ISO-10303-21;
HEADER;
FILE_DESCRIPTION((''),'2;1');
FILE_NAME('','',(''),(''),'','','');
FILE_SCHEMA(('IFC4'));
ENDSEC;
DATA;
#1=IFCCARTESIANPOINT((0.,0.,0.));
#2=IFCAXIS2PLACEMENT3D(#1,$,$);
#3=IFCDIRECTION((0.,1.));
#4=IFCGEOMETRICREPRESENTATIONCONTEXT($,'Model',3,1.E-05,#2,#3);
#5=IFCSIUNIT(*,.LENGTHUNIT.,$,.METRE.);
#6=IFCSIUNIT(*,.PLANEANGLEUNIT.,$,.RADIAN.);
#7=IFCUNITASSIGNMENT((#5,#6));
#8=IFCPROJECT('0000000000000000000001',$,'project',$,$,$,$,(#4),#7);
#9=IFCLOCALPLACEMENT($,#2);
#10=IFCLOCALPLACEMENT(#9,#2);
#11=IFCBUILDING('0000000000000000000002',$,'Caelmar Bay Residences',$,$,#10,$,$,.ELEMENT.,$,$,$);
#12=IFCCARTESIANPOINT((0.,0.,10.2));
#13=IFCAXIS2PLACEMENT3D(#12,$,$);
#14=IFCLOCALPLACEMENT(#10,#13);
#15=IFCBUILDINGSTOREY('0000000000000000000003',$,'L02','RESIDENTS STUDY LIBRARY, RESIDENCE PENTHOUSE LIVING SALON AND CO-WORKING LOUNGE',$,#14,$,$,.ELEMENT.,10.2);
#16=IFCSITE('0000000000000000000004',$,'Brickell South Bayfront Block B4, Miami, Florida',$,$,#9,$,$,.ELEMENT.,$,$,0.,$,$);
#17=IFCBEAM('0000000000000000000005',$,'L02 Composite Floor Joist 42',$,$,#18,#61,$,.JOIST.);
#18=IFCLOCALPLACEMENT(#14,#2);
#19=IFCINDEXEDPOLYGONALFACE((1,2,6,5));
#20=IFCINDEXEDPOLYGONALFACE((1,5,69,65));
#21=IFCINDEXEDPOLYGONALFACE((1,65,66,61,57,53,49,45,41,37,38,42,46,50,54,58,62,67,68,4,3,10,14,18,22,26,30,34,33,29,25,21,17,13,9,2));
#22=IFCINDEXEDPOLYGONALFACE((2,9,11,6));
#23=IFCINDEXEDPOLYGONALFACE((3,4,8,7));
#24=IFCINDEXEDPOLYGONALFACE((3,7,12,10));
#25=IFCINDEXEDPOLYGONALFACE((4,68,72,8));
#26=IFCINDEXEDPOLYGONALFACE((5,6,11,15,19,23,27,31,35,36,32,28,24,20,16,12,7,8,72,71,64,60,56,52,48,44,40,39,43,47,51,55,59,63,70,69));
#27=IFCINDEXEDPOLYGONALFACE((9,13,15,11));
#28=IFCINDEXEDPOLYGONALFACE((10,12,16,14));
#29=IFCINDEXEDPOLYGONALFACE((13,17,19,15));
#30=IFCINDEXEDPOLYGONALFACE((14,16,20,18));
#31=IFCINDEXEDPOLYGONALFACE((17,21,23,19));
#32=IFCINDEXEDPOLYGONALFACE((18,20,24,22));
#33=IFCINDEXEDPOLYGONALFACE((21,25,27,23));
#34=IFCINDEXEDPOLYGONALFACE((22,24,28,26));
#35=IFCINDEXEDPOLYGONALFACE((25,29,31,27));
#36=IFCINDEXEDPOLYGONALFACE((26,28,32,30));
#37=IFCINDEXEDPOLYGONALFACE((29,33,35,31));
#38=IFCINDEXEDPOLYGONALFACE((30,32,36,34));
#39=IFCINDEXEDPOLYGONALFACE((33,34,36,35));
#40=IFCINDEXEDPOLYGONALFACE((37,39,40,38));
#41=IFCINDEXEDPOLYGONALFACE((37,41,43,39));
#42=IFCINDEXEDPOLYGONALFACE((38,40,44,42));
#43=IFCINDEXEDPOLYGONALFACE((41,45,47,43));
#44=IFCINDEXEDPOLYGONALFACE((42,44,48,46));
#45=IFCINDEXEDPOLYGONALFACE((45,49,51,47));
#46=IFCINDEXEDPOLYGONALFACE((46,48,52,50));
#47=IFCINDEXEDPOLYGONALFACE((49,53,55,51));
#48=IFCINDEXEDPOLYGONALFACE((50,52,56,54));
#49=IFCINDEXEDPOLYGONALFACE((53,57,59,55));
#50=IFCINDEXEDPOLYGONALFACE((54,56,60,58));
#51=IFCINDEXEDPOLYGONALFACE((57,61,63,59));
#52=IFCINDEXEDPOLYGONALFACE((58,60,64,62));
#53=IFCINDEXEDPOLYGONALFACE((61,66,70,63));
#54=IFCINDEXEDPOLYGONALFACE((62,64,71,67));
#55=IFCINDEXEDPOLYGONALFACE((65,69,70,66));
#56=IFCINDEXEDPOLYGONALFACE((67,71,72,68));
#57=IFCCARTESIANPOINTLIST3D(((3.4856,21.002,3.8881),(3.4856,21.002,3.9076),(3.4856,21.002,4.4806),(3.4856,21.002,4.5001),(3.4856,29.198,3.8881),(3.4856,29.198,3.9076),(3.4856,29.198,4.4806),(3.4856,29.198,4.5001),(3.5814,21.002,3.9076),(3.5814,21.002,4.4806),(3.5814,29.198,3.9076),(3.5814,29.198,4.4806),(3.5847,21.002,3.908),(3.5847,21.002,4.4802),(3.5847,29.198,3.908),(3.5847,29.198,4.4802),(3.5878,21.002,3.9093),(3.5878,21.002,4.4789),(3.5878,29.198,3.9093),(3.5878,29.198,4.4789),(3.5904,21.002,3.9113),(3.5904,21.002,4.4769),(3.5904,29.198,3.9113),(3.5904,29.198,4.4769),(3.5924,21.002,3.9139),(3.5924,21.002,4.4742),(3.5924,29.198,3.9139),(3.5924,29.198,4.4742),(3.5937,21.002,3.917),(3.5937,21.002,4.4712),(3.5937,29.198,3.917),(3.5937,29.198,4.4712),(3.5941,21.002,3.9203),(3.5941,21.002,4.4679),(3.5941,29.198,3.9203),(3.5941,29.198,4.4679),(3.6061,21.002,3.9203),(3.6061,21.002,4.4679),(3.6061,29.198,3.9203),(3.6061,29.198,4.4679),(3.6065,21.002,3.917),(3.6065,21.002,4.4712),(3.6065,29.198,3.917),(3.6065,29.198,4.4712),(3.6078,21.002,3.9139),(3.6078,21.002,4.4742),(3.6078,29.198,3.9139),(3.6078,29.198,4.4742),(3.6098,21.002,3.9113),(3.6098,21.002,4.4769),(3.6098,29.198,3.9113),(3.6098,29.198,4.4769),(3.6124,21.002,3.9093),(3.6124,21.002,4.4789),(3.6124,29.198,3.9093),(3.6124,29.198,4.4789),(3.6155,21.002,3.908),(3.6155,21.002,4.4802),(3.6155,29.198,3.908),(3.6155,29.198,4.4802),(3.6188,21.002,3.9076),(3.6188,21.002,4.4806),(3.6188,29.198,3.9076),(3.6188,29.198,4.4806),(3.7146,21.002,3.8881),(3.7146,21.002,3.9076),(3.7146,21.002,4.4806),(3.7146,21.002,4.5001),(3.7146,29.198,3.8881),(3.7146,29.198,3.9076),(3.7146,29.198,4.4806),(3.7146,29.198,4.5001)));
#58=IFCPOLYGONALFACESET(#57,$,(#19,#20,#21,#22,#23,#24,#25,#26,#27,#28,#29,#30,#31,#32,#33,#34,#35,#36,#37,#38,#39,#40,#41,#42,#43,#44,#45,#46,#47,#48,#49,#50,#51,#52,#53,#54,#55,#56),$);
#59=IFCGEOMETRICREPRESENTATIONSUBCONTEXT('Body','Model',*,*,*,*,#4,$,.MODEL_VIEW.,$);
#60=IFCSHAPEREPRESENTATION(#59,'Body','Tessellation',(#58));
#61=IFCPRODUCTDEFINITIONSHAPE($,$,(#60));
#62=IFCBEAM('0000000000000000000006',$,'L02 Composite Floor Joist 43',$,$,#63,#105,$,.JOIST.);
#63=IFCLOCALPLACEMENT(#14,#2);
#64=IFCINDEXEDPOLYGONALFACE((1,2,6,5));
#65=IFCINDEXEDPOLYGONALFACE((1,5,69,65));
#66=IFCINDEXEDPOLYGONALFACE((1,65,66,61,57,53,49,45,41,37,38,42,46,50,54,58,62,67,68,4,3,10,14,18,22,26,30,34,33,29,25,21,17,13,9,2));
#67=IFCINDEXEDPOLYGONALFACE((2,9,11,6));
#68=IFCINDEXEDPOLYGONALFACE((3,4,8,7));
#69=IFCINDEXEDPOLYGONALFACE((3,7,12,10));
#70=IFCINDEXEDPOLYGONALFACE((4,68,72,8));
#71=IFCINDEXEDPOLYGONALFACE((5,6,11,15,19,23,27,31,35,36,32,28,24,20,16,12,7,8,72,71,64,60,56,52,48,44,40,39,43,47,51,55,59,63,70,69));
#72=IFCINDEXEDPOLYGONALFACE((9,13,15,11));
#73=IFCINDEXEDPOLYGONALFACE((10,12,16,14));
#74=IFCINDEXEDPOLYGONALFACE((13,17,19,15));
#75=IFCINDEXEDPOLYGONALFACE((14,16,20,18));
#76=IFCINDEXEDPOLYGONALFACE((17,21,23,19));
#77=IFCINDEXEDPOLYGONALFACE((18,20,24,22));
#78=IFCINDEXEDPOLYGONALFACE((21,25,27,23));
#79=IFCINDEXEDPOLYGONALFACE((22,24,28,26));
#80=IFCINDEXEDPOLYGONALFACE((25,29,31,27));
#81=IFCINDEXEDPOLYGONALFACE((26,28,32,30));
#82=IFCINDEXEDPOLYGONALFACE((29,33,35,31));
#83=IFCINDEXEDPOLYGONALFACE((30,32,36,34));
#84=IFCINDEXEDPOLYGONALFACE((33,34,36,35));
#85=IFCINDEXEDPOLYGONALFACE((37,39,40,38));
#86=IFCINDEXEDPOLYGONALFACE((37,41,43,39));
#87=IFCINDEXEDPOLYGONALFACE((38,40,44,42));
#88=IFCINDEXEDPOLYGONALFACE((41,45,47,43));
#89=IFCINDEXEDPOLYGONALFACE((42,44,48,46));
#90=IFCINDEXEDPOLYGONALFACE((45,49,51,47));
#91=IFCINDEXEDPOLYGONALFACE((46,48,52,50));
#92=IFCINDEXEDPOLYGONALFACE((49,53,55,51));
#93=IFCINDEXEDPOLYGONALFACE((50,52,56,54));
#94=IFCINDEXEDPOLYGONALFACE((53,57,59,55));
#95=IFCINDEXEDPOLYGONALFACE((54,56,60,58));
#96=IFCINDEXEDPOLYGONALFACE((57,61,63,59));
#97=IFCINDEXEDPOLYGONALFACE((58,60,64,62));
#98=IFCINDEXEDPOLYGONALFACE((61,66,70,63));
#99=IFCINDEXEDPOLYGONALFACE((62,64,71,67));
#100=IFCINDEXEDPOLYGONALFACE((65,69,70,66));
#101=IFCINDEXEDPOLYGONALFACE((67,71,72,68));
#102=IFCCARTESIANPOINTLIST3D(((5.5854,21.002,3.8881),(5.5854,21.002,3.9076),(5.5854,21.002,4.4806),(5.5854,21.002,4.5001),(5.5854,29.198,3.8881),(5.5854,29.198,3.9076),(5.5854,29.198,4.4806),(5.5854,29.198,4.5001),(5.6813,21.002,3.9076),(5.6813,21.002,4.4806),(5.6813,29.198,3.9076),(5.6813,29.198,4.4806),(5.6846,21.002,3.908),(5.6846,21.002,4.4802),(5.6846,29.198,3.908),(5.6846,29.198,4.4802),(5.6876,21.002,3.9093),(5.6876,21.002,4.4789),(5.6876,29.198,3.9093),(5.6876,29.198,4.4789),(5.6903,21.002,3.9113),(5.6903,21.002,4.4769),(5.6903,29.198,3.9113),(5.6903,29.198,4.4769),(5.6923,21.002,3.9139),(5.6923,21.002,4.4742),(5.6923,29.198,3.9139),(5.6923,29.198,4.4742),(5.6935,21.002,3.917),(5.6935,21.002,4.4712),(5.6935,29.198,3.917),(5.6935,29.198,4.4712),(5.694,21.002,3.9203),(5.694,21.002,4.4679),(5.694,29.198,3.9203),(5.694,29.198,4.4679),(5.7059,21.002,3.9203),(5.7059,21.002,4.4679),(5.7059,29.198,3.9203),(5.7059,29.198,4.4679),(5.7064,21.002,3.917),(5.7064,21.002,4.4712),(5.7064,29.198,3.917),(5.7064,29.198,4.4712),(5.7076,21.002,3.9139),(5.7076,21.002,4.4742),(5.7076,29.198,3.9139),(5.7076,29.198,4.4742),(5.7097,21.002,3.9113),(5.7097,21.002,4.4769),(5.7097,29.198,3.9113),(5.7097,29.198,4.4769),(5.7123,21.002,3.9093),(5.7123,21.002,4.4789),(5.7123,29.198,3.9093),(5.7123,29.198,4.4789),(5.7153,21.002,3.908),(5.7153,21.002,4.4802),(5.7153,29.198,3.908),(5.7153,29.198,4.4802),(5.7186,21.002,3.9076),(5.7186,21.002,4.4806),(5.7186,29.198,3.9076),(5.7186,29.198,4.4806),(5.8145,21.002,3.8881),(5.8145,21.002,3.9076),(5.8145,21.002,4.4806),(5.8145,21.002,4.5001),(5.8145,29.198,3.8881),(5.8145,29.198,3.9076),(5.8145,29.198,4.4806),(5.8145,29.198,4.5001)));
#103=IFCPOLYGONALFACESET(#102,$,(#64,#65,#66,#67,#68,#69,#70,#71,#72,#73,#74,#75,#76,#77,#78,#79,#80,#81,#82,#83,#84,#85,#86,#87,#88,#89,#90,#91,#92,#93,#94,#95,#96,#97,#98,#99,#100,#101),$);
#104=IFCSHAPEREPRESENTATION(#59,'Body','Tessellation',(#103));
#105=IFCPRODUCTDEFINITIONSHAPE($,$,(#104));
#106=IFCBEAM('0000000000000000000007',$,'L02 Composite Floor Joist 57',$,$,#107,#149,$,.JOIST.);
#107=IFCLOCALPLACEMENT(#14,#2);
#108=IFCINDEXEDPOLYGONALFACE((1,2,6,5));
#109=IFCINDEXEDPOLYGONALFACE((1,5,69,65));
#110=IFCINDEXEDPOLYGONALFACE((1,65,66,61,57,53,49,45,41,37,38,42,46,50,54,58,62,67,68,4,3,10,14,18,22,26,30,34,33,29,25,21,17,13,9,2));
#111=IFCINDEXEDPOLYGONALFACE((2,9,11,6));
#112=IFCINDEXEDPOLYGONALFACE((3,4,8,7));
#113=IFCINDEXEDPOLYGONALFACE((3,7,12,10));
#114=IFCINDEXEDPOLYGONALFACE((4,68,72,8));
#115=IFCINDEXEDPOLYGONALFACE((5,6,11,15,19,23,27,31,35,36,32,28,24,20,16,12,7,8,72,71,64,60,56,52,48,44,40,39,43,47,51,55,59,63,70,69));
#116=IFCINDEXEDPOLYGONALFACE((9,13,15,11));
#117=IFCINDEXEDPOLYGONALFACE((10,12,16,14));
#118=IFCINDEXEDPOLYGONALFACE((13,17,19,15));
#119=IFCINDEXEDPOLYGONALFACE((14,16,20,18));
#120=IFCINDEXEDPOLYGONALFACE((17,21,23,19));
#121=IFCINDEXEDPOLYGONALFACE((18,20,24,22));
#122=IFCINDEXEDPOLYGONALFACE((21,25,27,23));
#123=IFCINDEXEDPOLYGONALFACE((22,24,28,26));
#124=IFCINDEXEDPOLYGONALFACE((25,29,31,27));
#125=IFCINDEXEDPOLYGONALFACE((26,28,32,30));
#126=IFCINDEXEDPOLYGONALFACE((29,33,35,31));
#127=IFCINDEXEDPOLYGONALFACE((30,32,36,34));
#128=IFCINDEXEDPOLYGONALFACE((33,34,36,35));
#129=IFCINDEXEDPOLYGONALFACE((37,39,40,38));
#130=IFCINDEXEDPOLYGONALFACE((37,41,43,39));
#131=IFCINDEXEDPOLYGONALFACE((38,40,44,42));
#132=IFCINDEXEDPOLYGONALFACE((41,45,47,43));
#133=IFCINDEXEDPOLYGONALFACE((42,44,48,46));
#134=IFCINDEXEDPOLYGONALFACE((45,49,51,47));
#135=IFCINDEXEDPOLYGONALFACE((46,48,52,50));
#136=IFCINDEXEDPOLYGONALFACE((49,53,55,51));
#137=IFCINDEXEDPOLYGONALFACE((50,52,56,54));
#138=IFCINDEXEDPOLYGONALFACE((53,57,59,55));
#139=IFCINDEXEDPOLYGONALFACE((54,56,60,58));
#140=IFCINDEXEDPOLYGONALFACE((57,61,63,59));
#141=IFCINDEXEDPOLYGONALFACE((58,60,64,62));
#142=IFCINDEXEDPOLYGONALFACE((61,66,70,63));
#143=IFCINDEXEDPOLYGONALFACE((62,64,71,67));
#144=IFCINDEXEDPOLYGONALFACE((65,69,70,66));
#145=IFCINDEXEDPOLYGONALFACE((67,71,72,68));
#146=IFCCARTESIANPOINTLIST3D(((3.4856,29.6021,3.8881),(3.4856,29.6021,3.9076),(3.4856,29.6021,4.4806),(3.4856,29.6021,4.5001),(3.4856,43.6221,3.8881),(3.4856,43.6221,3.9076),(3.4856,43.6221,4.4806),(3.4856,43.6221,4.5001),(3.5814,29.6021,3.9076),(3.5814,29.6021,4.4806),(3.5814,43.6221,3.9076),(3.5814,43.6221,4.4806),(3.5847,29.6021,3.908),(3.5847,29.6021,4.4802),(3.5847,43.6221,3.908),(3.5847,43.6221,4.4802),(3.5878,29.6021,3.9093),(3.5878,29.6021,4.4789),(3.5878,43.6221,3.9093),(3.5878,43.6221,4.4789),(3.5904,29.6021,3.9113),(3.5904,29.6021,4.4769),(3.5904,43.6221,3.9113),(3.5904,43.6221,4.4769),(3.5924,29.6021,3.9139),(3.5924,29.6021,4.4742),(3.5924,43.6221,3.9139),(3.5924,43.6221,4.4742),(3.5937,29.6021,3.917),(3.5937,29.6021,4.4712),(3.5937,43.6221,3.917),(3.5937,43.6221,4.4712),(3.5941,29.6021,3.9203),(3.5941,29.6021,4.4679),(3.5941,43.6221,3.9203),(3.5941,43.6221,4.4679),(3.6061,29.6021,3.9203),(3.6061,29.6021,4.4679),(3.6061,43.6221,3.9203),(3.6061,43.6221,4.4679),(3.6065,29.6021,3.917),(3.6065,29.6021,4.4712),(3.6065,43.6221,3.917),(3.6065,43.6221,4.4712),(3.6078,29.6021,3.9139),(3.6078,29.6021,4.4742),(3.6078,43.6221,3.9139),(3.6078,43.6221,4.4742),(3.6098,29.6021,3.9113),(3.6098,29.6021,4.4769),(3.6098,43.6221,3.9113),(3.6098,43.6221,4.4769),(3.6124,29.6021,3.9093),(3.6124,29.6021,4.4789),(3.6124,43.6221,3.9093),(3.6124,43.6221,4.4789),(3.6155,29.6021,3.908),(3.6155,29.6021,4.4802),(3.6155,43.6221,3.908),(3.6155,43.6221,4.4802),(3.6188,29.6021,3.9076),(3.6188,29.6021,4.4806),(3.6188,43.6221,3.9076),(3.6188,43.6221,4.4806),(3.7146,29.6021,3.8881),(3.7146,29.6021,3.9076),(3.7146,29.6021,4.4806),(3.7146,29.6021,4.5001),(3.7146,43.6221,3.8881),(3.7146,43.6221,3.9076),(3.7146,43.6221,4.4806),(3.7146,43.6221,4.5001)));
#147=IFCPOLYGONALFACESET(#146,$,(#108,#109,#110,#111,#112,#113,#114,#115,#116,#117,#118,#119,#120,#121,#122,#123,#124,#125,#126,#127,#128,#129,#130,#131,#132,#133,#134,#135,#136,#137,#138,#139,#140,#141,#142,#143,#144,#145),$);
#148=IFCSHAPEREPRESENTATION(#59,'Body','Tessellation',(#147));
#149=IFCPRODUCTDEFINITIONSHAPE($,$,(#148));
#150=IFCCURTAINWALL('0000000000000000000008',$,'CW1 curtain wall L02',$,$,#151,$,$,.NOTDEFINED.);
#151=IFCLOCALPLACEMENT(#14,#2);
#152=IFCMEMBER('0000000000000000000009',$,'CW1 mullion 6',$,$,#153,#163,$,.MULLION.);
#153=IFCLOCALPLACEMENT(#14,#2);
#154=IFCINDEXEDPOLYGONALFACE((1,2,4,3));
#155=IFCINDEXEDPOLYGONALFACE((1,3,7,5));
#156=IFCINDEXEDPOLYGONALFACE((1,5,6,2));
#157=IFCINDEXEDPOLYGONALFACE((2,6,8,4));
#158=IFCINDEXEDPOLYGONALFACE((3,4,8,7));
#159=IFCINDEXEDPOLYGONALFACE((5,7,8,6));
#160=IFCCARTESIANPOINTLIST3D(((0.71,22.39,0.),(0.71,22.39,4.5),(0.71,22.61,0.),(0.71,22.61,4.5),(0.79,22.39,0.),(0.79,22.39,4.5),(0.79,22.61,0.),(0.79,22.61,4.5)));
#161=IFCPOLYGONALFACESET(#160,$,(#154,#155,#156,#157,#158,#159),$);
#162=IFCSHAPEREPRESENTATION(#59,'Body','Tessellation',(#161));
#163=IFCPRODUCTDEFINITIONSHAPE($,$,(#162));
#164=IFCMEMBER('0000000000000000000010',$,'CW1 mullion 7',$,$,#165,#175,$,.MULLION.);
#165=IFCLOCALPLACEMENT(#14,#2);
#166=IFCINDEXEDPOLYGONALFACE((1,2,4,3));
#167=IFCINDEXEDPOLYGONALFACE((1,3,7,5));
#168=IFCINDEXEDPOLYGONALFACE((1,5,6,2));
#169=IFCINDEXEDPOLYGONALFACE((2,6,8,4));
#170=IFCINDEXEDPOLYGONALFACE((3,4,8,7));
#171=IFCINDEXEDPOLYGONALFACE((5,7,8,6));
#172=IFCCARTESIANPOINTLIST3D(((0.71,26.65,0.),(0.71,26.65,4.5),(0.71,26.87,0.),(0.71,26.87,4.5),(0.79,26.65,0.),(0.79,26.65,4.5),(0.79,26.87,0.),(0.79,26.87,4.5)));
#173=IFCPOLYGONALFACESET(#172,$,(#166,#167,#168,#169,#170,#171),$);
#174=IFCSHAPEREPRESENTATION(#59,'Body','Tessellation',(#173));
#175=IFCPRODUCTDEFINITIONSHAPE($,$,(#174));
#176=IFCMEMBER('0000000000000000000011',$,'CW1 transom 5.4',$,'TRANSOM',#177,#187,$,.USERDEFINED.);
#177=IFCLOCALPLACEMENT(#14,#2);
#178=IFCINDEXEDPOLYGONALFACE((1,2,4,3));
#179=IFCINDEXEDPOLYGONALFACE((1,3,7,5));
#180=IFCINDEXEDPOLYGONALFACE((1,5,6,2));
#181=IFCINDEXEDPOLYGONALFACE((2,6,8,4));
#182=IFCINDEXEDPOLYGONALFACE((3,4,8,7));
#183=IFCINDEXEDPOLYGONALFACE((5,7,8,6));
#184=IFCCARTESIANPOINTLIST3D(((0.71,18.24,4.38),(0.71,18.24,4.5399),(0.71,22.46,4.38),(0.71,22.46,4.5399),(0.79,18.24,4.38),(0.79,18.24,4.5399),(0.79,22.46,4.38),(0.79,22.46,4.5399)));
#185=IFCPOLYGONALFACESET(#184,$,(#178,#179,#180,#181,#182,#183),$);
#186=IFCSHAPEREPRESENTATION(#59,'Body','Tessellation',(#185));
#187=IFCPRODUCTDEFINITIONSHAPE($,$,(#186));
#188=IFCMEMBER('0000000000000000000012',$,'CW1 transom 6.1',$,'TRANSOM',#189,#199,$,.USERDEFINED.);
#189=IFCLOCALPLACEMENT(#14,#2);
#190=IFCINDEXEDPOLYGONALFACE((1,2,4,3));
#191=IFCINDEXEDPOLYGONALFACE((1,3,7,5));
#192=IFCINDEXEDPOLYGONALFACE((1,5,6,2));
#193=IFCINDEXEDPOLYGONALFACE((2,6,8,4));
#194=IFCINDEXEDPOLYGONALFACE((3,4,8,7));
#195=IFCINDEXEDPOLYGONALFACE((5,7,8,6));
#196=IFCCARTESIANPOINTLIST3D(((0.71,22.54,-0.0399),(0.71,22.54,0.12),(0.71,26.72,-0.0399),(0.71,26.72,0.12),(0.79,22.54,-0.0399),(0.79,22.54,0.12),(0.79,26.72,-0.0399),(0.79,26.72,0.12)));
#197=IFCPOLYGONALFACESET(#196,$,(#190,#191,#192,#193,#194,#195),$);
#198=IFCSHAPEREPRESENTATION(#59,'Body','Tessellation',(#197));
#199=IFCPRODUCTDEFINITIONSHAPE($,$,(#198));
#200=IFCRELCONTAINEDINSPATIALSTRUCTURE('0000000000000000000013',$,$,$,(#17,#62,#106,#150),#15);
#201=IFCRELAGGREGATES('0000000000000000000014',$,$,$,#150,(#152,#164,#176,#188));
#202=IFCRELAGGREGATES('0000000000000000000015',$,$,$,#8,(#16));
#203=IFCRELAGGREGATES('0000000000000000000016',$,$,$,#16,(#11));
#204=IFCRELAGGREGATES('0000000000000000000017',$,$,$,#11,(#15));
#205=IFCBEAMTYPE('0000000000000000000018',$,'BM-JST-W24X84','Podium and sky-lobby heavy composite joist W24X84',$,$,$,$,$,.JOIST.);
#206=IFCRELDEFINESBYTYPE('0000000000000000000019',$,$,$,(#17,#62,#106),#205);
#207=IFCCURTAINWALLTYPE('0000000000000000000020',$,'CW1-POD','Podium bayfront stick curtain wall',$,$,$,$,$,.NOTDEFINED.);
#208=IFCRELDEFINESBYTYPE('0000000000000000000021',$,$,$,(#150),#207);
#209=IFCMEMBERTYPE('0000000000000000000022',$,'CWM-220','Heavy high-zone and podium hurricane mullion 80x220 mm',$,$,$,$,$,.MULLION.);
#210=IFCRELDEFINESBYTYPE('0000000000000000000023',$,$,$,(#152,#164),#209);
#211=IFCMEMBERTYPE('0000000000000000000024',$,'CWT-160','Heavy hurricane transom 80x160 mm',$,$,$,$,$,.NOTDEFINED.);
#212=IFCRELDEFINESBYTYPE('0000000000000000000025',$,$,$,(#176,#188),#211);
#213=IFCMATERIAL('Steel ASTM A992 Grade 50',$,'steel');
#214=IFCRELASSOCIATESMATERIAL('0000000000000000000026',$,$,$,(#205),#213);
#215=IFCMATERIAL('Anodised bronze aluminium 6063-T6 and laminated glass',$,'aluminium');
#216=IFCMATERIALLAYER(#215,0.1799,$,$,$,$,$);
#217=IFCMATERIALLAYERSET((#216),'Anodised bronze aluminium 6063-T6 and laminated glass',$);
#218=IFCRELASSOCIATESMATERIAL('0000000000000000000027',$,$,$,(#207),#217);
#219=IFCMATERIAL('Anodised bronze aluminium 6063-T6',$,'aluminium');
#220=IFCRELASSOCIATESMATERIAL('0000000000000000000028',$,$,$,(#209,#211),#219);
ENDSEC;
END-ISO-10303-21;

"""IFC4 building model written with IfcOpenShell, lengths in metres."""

from ifc_helpers import new_model, si_unit, direction, frame, origin, origin_2d, place, context, subcontext, project, spatial, rectangle, i_section, extrude, material, layer, layer_set, material_profile, profile_set, type_object, element, aggregate, save


model = new_model("IFC4")

# Units and contexts
model_context = context("Model", 3, precision=1e-05, world=origin(), true_north=direction((0.0, 1.0)))
body_context = subcontext(model_context, "Body", "Model", "MODEL_VIEW")
ifc_project = project(units=[si_unit("LENGTHUNIT", "METRE"), si_unit("PLANEANGLEUNIT", "RADIAN")], contexts=[model_context])

# Site, building, storey
site_placement = place(None, origin())
site = spatial("IfcSite", under=ifc_project, at=site_placement, Name="Brickell South Bayfront Block B4, Miami, Florida", CompositionType="ELEMENT", RefElevation=0.0)
building_placement = place(site_placement, origin())
building = spatial("IfcBuilding", under=site, at=building_placement, Name="Caelmar Bay Residences", CompositionType="ELEMENT")
storey_placement = place(building_placement, frame((0.0, 0.0, 10.2)))
storey = spatial("IfcBuildingStorey", under=building, at=storey_placement, Name="L02", Description="RESIDENTS STUDY LIBRARY, RESIDENCE PENTHOUSE LIVING SALON AND CO-WORKING LOUNGE", CompositionType="ELEMENT", Elevation=10.2)

# Beams
ifc_material_1 = material(Name="Steel ASTM A992 Grade 50", Category="steel")
ifc_material_profile_1 = material_profile(ifc_material_1, i_section(OverallWidth=0.229, OverallDepth=0.6121, WebThickness=0.012, FlangeThickness=0.0195, FilletRadius=0.0127, at=origin_2d()), Name="W24X84")
ifc_profile_set_1 = profile_set([ifc_material_profile_1], Name="Steel ASTM A992 Grade 50")
beam_type_1 = type_object("IfcBeamType", Name="BM-JST-W24X84", Description="Podium and sky-lobby heavy composite joist W24X84", PredefinedType="JOIST", material=ifc_profile_set_1)
for number, where, z_axis, x_axis, name in (
    (1, (3.6001, 21.002, 4.1941), (0.0, 1.0, 0.0), (-1.0, 0.0, 0.0), "L02 Composite Floor Joist 42"),
    (2, (5.7, 21.002, 4.1941), (0.0, 1.0, 0.0), (-1.0, 0.0, 0.0), "L02 Composite Floor Joist 43"),
):
    element("IfcBeam", number, at=place(storey_placement, frame(where, z_axis=z_axis, x_axis=x_axis)), inside=storey, type_object=beam_type_1, Name=name, PredefinedType="JOIST", context=body_context, shape_type="SweptSolid", body=[
        extrude(i_section(OverallWidth=0.229, OverallDepth=0.6121, WebThickness=0.012, FlangeThickness=0.0195, FilletRadius=0.0127, at=origin_2d()), origin(), (0.0, 0.0, 1.0), 8.196),
    ])
beam_1_placement = place(storey_placement, frame((3.6001, 29.6021, 4.1941), z_axis=(0.0, 1.0, 0.0), x_axis=(-1.0, 0.0, 0.0)))
element("IfcBeam", 3, at=beam_1_placement, inside=storey, type_object=beam_type_1, Name="L02 Composite Floor Joist 57", PredefinedType="JOIST", context=body_context, shape_type="SweptSolid", body=[
    extrude(i_section(OverallWidth=0.229, OverallDepth=0.6121, WebThickness=0.012, FlangeThickness=0.0195, FilletRadius=0.0127, at=origin_2d()), origin(), (0.0, 0.0, 1.0), 14.02),
])

# Curtain wall, members
ifc_material_2 = material(Name="Anodised bronze aluminium 6063-T6 and laminated glass", Category="aluminium")
ifc_layer_1 = layer(ifc_material_2, 0.1799)
ifc_layer_set_1 = layer_set([ifc_layer_1], Name="Anodised bronze aluminium 6063-T6 and laminated glass")
curtain_wall_type = type_object("IfcCurtainWallType", Name="CW1-POD", Description="Podium bayfront stick curtain wall", PredefinedType="NOTDEFINED", material=ifc_layer_set_1)
curtain_wall_placement = place(storey_placement, origin())
curtain_wall = element("IfcCurtainWall", 4, at=curtain_wall_placement, inside=storey, type_object=curtain_wall_type, Name="CW1 curtain wall L02", PredefinedType="NOTDEFINED")
ifc_material_3 = material(Name="Anodised bronze aluminium 6063-T6", Category="aluminium")
ifc_material_profile_2 = material_profile(ifc_material_3, rectangle(XDim=0.0801, YDim=0.22, at=origin_2d()), Name="CWM-80X220")
ifc_profile_set_2 = profile_set([ifc_material_profile_2], Name="Anodised bronze aluminium 6063-T6")
member_type_1 = type_object("IfcMemberType", Name="CWM-220", Description="Heavy high-zone and podium hurricane mullion 80x220 mm", PredefinedType="MULLION", material=ifc_profile_set_2)
member_1_placement = place(storey_placement, frame((0.75, 22.5, 0.0), z_axis=(0.0, 0.0, 1.0), x_axis=(-1.0, 0.0, 0.0)))
member_1 = element("IfcMember", 5, at=member_1_placement, type_object=member_type_1, Name="CW1 mullion 6", PredefinedType="MULLION", context=body_context, shape_type="SweptSolid", body=[
    extrude(rectangle(XDim=0.0801, YDim=0.22, at=origin_2d()), origin(), (0.0, 0.0, 1.0), 4.5),
])
member_2_placement = place(storey_placement, frame((0.75, 26.76, 0.0), z_axis=(0.0, 0.0, 1.0), x_axis=(-1.0, 0.0, 0.0)))
member_2 = element("IfcMember", 6, at=member_2_placement, type_object=member_type_1, Name="CW1 mullion 7", PredefinedType="MULLION", context=body_context, shape_type="SweptSolid", body=[
    extrude(rectangle(XDim=0.0801, YDim=0.22, at=origin_2d()), origin(), (0.0, 0.0, 1.0), 4.5),
])
ifc_material_profile_3 = material_profile(ifc_material_3, rectangle(XDim=0.0801, YDim=0.1599, at=origin_2d()), Name="CWT-80X160")
ifc_profile_set_3 = profile_set([ifc_material_profile_3], Name="Anodised bronze aluminium 6063-T6")
member_type_2 = type_object("IfcMemberType", Name="CWT-160", Description="Heavy hurricane transom 80x160 mm", PredefinedType="NOTDEFINED", material=ifc_profile_set_3)
member_3_placement = place(storey_placement, frame((0.75, 18.24, 4.46), z_axis=(0.0, 1.0, 0.0), x_axis=(-1.0, 0.0, 0.0)))
member_3 = element("IfcMember", 7, at=member_3_placement, type_object=member_type_2, Name="CW1 transom 5.4", ObjectType="TRANSOM", PredefinedType="USERDEFINED", context=body_context, shape_type="SweptSolid", body=[
    extrude(rectangle(XDim=0.0801, YDim=0.1599, at=origin_2d()), origin(), (0.0, 0.0, 1.0), 4.22),
])
member_4_placement = place(storey_placement, frame((0.75, 22.54, 0.04), z_axis=(0.0, 1.0, 0.0), x_axis=(-1.0, 0.0, 0.0)))
member_4 = element("IfcMember", 8, at=member_4_placement, type_object=member_type_2, Name="CW1 transom 6.1", ObjectType="TRANSOM", PredefinedType="USERDEFINED", context=body_context, shape_type="SweptSolid", body=[
    extrude(rectangle(XDim=0.0801, YDim=0.1599, at=origin_2d()), origin(), (0.0, 0.0, 1.0), 4.1799),
])
aggregate(curtain_wall, [member_1, member_2, member_3, member_4])

save(model, "model.ifc")
